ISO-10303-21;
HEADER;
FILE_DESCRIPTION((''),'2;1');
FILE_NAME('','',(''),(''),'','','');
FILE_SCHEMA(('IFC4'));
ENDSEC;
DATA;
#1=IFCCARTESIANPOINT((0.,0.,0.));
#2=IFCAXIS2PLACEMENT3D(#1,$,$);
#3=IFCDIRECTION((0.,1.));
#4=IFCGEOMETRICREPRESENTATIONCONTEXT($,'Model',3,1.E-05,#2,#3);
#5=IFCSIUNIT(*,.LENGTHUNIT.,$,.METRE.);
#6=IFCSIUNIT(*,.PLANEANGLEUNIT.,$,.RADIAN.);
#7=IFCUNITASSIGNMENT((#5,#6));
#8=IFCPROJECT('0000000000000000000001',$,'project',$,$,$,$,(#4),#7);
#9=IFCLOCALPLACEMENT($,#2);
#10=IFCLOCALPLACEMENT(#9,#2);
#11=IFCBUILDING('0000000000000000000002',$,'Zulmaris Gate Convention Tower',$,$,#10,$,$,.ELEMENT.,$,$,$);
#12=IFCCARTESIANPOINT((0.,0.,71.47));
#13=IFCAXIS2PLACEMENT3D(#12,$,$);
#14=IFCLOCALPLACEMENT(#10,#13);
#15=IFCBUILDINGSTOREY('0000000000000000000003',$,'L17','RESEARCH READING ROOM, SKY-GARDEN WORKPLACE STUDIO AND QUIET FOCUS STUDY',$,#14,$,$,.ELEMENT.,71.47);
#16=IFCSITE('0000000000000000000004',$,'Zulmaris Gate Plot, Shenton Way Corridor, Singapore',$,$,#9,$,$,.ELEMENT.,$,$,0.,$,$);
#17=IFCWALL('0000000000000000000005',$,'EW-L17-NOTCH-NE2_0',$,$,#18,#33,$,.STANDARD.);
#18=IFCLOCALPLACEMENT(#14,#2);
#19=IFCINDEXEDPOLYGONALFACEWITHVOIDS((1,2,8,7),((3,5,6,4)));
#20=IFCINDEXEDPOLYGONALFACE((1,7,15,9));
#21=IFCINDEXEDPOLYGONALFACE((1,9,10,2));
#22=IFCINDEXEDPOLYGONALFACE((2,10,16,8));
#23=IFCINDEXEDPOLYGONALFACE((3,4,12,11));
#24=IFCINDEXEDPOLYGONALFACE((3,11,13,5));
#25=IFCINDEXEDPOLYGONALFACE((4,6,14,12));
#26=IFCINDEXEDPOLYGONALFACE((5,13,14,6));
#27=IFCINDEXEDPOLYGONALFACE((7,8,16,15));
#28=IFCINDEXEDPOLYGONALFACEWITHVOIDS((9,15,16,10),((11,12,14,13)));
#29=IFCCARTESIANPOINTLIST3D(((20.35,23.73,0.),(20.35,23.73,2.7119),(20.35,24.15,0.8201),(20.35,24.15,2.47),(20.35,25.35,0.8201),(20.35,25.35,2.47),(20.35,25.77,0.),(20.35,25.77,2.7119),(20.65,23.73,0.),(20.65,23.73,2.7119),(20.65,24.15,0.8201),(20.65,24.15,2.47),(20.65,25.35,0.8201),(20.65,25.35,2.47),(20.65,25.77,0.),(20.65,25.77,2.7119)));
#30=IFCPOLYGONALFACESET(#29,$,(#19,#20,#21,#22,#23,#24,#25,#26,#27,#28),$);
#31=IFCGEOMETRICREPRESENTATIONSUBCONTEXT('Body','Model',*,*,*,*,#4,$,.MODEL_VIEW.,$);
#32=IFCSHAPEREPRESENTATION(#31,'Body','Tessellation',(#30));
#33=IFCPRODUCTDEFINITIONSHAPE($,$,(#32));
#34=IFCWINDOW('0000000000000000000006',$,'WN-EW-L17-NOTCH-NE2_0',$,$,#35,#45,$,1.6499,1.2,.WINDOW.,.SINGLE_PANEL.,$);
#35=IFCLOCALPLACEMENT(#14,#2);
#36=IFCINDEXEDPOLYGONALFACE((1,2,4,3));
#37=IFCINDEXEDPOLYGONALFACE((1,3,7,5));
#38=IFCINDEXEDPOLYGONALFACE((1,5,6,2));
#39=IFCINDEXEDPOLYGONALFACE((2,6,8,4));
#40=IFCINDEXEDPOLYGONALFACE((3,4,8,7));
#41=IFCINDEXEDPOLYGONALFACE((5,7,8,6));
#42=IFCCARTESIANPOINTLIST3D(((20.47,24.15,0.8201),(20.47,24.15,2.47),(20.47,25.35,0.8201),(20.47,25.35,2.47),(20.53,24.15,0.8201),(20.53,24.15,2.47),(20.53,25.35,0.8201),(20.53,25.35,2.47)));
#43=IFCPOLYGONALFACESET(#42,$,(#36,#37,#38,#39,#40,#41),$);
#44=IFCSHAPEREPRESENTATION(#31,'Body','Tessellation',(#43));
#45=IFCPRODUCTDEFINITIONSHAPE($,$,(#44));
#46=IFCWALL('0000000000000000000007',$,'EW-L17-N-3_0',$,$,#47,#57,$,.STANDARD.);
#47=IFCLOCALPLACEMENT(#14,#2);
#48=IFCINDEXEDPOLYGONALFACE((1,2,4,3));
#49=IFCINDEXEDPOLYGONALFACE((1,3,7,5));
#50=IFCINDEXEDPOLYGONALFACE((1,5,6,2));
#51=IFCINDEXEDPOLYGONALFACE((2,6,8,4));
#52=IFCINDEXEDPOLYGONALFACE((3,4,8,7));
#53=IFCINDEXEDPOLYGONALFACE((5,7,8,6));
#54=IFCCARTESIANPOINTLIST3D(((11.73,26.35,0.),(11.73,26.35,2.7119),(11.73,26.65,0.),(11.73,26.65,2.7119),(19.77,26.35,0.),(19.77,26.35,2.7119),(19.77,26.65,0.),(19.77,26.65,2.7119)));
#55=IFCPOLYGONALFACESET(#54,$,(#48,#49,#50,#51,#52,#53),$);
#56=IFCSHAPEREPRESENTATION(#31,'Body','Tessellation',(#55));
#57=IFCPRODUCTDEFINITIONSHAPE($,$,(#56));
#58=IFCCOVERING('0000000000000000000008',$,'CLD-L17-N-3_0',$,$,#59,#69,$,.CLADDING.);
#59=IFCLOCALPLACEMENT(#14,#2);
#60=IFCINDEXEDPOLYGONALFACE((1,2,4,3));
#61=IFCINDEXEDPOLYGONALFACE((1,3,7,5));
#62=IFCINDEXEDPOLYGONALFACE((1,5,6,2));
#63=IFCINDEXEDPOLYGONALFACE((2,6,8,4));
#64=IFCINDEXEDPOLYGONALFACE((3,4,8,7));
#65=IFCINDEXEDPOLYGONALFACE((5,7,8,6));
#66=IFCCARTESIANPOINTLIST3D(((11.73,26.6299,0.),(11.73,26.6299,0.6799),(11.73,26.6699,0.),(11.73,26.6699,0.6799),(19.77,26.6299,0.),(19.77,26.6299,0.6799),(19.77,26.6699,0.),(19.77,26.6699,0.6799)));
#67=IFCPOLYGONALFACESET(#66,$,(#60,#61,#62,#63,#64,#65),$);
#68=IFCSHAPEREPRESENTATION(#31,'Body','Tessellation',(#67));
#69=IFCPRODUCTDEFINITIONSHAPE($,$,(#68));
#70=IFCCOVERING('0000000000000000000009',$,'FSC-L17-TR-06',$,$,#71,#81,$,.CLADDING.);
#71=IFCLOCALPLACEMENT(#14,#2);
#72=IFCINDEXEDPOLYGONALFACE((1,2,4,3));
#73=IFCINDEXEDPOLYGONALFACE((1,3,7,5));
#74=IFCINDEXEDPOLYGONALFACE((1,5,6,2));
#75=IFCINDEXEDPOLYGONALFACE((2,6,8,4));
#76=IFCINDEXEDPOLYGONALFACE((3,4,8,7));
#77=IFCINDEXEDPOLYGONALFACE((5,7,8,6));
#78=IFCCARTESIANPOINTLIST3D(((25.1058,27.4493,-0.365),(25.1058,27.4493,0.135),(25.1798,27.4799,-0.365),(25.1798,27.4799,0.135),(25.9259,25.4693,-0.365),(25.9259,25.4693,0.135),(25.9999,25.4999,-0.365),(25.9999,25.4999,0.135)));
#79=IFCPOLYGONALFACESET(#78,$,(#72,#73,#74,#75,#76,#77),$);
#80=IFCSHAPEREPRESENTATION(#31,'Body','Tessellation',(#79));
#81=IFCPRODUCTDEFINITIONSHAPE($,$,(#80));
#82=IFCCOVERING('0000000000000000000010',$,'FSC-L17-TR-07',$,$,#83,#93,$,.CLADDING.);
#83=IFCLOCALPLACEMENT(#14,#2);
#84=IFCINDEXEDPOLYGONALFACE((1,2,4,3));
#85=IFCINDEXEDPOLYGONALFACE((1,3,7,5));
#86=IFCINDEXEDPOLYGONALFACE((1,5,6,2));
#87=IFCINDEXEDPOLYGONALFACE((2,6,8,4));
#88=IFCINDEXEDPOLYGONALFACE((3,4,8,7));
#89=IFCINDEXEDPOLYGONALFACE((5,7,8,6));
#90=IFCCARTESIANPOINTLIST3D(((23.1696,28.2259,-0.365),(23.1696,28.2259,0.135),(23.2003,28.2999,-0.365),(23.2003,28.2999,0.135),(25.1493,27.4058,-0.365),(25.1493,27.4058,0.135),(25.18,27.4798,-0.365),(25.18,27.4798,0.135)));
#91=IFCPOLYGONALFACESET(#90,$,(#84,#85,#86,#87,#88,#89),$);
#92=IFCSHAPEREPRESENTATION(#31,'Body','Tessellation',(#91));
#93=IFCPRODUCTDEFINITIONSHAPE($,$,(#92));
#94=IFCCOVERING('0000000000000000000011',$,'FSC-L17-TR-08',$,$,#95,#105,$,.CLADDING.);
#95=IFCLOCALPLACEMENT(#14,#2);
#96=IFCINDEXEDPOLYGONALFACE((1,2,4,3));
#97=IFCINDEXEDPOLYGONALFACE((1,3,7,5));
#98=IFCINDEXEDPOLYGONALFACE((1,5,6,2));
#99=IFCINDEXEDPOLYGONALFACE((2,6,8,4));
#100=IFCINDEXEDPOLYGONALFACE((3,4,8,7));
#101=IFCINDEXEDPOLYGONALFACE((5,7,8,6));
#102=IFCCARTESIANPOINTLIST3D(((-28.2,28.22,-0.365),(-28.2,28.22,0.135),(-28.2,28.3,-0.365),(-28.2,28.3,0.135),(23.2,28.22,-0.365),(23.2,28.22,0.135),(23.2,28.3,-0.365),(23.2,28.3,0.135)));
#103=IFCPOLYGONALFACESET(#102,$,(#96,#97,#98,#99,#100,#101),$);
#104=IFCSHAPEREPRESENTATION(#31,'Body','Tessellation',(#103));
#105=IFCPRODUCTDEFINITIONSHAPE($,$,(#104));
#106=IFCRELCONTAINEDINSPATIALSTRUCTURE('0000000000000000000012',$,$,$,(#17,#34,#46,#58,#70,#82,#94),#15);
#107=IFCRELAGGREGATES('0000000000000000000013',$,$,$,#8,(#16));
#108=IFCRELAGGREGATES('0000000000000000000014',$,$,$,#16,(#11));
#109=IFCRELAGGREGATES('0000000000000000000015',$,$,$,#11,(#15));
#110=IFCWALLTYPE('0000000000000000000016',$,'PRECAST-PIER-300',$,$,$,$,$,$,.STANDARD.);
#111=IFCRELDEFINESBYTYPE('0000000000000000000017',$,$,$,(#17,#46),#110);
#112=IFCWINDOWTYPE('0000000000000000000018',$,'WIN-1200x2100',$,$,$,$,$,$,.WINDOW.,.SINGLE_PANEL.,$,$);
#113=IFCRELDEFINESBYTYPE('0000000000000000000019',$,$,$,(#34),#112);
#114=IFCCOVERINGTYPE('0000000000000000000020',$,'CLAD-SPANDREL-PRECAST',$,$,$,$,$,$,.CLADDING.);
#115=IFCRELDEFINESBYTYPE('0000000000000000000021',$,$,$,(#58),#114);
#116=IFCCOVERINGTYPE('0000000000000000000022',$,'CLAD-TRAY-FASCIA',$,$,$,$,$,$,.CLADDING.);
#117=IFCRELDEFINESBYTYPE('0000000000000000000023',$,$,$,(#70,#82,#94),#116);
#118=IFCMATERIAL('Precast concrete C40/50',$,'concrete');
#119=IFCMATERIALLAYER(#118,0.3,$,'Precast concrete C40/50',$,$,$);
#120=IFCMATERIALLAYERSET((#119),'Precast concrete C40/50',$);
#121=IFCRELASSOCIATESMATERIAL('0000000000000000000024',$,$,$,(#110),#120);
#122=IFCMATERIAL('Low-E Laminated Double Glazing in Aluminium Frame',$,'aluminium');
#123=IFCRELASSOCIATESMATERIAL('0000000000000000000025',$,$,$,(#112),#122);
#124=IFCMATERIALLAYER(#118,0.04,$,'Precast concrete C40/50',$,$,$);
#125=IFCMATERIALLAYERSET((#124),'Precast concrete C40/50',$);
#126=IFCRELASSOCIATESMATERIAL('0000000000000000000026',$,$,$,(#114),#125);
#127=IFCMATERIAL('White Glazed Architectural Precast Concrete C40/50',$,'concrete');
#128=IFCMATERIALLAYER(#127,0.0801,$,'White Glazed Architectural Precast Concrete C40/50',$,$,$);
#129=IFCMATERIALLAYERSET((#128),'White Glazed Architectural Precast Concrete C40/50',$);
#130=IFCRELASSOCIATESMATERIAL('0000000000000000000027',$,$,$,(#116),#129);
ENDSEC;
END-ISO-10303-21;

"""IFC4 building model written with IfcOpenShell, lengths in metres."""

from ifc_helpers import new_model, si_unit, direction, frame, frame_2d, origin, place, context, subcontext, project, spatial, rectangle, extrude, material, layer, layer_set, type_object, element, fill, save


model = new_model("IFC4")

# Units and contexts
model_context = context("Model", 3, precision=1e-05, world=origin(), true_north=direction((0.0, 1.0)))
body_context = subcontext(model_context, "Body", "Model", "MODEL_VIEW")
ifc_project = project(units=[si_unit("LENGTHUNIT", "METRE"), si_unit("PLANEANGLEUNIT", "RADIAN")], contexts=[model_context])

# Site, building, storey
site_placement = place(None, origin())
site = spatial("IfcSite", under=ifc_project, at=site_placement, Name="Zulmaris Gate Plot, Shenton Way Corridor, Singapore", CompositionType="ELEMENT", RefElevation=0.0)
building_placement = place(site_placement, origin())
building = spatial("IfcBuilding", under=site, at=building_placement, Name="Zulmaris Gate Convention Tower", CompositionType="ELEMENT")
storey_placement = place(building_placement, frame((0.0, 0.0, 71.47)))
storey = spatial("IfcBuildingStorey", under=building, at=storey_placement, Name="L17", Description="RESEARCH READING ROOM, SKY-GARDEN WORKPLACE STUDIO AND QUIET FOCUS STUDY", CompositionType="ELEMENT", Elevation=71.47)

# Wall, opening, window
ifc_material_1 = material(Name="Precast concrete C40/50", Category="concrete")
ifc_layer_1 = layer(ifc_material_1, 0.3, Name="Precast concrete C40/50")
ifc_layer_set_1 = layer_set([ifc_layer_1], Name="Precast concrete C40/50")
wall_type = type_object("IfcWallType", Name="PRECAST-PIER-300", PredefinedType="STANDARD", material=ifc_layer_set_1)
ifc_material_2 = material(Name="Low-E Laminated Double Glazing in Aluminium Frame", Category="aluminium")
window_type = type_object("IfcWindowType", Name="WIN-1200x2100", PartitioningType="SINGLE_PANEL", PredefinedType="WINDOW", material=ifc_material_2)
wall_1_placement = place(storey_placement, frame((20.5, 23.73, 0.0), z_axis=(0.0, 0.0, 1.0), x_axis=(0.0, 1.0, 0.0)))
wall_1 = element("IfcWall", 1, at=wall_1_placement, inside=storey, type_object=wall_type, Name="EW-L17-NOTCH-NE2_0", PredefinedType="STANDARD", context=body_context, shape_type="SweptSolid", body=[
    extrude(rectangle(XDim=2.04, YDim=0.3, at=frame_2d((1.02, 0.0))), origin(), (0.0, 0.0, 1.0), 2.7119),
])
opening_1_placement = place(wall_1_placement, frame((0.4199, 0.0, 0.8201)))
opening_1 = element("IfcOpeningElement", 2, at=opening_1_placement, cuts=wall_1, PredefinedType="OPENING", context=body_context, shape_type="SweptSolid", body=[
    extrude(rectangle(XDim=1.2, YDim=1.6499, at=frame_2d((0.6001, 0.825))), frame((0.0, 0.1602, 0.0), z_axis=(0.0, -1.0, 0.0), x_axis=(1.0, 0.0, 0.0)), (0.0, 0.0, 1.0), 0.3201),
])
window_1_placement = place(opening_1_placement, origin())
window_1 = element("IfcWindow", 3, at=window_1_placement, inside=storey, type_object=window_type, Name="WN-EW-L17-NOTCH-NE2_0", OverallHeight=1.6499, OverallWidth=1.2, PartitioningType="SINGLE_PANEL", PredefinedType="WINDOW", context=body_context, shape_type="SweptSolid", body=[
    extrude(rectangle(XDim=1.2, YDim=1.6499, at=frame_2d((0.6001, 0.825))), frame((0.0, 0.03, 0.0), z_axis=(0.0, -1.0, 0.0), x_axis=(1.0, 0.0, 0.0)), (0.0, 0.0, 1.0), 0.0601),
])
fill(opening_1, window_1)

# Wall
wall_2_placement = place(storey_placement, frame((19.77, 26.5, 0.0), z_axis=(0.0, 0.0, 1.0), x_axis=(-1.0, 0.0, 0.0)))
element("IfcWall", 4, at=wall_2_placement, inside=storey, type_object=wall_type, Name="EW-L17-N-3_0", PredefinedType="STANDARD", context=body_context, shape_type="SweptSolid", body=[
    extrude(rectangle(XDim=8.04, YDim=0.3, at=frame_2d((4.02, 0.0))), origin(), (0.0, 0.0, 1.0), 2.7119),
])

# Coverings
ifc_layer_2 = layer(ifc_material_1, 0.04, Name="Precast concrete C40/50")
ifc_layer_set_2 = layer_set([ifc_layer_2], Name="Precast concrete C40/50")
covering_type_1 = type_object("IfcCoveringType", Name="CLAD-SPANDREL-PRECAST", PredefinedType="CLADDING", material=ifc_layer_set_2)
covering_1_placement = place(storey_placement, frame((19.77, 26.6499, 0.0), z_axis=(0.0, 0.0, 1.0), x_axis=(-1.0, 0.0, 0.0)))
element("IfcCovering", 5, at=covering_1_placement, inside=storey, type_object=covering_type_1, Name="CLD-L17-N-3_0", PredefinedType="CLADDING", context=body_context, shape_type="SweptSolid", body=[
    extrude(rectangle(XDim=8.04, YDim=0.04, at=frame_2d((4.02, 0.0))), origin(), (0.0, 0.0, 1.0), 0.6799),
])
ifc_material_3 = material(Name="White Glazed Architectural Precast Concrete C40/50", Category="concrete")
ifc_layer_3 = layer(ifc_material_3, 0.0801, Name="White Glazed Architectural Precast Concrete C40/50")
ifc_layer_set_3 = layer_set([ifc_layer_3], Name="White Glazed Architectural Precast Concrete C40/50")
covering_type_2 = type_object("IfcCoveringType", Name="CLAD-TRAY-FASCIA", PredefinedType="CLADDING", material=ifc_layer_set_3)
covering_2_placement = place(storey_placement, frame((25.9629, 25.4846, -0.365), z_axis=(0.0, 0.0, 1.0), x_axis=(-0.382657, 0.92389, 0.0)))
element("IfcCovering", 6, at=covering_2_placement, inside=storey, type_object=covering_type_2, Name="FSC-L17-TR-06", PredefinedType="CLADDING", context=body_context, shape_type="SweptSolid", body=[
    extrude(rectangle(XDim=2.1431, YDim=0.0801, at=frame_2d((1.0715, 0.0))), origin(), (0.0, 0.0, 1.0), 0.5),
])
covering_3_placement = place(storey_placement, frame((25.1646, 27.4429, -0.365), z_axis=(0.0, 0.0, 1.0), x_axis=(-0.923874, 0.382697, 0.0)))
element("IfcCovering", 7, at=covering_3_placement, inside=storey, type_object=covering_type_2, Name="FSC-L17-TR-07", PredefinedType="CLADDING", context=body_context, shape_type="SweptSolid", body=[
    extrude(rectangle(XDim=2.1428, YDim=0.0801, at=frame_2d((1.0713, 0.0))), origin(), (0.0, 0.0, 1.0), 0.5),
])
covering_4_placement = place(storey_placement, frame((23.2, 28.26, -0.365), z_axis=(0.0, 0.0, 1.0), x_axis=(-1.0, 0.0, 0.0)))
element("IfcCovering", 8, at=covering_4_placement, inside=storey, type_object=covering_type_2, Name="FSC-L17-TR-08", PredefinedType="CLADDING", context=body_context, shape_type="SweptSolid", body=[
    extrude(rectangle(XDim=51.3999, YDim=0.0801, at=frame_2d((25.7, 0.0))), origin(), (0.0, 0.0, 1.0), 0.5),
])

save(model, "model.ifc")
